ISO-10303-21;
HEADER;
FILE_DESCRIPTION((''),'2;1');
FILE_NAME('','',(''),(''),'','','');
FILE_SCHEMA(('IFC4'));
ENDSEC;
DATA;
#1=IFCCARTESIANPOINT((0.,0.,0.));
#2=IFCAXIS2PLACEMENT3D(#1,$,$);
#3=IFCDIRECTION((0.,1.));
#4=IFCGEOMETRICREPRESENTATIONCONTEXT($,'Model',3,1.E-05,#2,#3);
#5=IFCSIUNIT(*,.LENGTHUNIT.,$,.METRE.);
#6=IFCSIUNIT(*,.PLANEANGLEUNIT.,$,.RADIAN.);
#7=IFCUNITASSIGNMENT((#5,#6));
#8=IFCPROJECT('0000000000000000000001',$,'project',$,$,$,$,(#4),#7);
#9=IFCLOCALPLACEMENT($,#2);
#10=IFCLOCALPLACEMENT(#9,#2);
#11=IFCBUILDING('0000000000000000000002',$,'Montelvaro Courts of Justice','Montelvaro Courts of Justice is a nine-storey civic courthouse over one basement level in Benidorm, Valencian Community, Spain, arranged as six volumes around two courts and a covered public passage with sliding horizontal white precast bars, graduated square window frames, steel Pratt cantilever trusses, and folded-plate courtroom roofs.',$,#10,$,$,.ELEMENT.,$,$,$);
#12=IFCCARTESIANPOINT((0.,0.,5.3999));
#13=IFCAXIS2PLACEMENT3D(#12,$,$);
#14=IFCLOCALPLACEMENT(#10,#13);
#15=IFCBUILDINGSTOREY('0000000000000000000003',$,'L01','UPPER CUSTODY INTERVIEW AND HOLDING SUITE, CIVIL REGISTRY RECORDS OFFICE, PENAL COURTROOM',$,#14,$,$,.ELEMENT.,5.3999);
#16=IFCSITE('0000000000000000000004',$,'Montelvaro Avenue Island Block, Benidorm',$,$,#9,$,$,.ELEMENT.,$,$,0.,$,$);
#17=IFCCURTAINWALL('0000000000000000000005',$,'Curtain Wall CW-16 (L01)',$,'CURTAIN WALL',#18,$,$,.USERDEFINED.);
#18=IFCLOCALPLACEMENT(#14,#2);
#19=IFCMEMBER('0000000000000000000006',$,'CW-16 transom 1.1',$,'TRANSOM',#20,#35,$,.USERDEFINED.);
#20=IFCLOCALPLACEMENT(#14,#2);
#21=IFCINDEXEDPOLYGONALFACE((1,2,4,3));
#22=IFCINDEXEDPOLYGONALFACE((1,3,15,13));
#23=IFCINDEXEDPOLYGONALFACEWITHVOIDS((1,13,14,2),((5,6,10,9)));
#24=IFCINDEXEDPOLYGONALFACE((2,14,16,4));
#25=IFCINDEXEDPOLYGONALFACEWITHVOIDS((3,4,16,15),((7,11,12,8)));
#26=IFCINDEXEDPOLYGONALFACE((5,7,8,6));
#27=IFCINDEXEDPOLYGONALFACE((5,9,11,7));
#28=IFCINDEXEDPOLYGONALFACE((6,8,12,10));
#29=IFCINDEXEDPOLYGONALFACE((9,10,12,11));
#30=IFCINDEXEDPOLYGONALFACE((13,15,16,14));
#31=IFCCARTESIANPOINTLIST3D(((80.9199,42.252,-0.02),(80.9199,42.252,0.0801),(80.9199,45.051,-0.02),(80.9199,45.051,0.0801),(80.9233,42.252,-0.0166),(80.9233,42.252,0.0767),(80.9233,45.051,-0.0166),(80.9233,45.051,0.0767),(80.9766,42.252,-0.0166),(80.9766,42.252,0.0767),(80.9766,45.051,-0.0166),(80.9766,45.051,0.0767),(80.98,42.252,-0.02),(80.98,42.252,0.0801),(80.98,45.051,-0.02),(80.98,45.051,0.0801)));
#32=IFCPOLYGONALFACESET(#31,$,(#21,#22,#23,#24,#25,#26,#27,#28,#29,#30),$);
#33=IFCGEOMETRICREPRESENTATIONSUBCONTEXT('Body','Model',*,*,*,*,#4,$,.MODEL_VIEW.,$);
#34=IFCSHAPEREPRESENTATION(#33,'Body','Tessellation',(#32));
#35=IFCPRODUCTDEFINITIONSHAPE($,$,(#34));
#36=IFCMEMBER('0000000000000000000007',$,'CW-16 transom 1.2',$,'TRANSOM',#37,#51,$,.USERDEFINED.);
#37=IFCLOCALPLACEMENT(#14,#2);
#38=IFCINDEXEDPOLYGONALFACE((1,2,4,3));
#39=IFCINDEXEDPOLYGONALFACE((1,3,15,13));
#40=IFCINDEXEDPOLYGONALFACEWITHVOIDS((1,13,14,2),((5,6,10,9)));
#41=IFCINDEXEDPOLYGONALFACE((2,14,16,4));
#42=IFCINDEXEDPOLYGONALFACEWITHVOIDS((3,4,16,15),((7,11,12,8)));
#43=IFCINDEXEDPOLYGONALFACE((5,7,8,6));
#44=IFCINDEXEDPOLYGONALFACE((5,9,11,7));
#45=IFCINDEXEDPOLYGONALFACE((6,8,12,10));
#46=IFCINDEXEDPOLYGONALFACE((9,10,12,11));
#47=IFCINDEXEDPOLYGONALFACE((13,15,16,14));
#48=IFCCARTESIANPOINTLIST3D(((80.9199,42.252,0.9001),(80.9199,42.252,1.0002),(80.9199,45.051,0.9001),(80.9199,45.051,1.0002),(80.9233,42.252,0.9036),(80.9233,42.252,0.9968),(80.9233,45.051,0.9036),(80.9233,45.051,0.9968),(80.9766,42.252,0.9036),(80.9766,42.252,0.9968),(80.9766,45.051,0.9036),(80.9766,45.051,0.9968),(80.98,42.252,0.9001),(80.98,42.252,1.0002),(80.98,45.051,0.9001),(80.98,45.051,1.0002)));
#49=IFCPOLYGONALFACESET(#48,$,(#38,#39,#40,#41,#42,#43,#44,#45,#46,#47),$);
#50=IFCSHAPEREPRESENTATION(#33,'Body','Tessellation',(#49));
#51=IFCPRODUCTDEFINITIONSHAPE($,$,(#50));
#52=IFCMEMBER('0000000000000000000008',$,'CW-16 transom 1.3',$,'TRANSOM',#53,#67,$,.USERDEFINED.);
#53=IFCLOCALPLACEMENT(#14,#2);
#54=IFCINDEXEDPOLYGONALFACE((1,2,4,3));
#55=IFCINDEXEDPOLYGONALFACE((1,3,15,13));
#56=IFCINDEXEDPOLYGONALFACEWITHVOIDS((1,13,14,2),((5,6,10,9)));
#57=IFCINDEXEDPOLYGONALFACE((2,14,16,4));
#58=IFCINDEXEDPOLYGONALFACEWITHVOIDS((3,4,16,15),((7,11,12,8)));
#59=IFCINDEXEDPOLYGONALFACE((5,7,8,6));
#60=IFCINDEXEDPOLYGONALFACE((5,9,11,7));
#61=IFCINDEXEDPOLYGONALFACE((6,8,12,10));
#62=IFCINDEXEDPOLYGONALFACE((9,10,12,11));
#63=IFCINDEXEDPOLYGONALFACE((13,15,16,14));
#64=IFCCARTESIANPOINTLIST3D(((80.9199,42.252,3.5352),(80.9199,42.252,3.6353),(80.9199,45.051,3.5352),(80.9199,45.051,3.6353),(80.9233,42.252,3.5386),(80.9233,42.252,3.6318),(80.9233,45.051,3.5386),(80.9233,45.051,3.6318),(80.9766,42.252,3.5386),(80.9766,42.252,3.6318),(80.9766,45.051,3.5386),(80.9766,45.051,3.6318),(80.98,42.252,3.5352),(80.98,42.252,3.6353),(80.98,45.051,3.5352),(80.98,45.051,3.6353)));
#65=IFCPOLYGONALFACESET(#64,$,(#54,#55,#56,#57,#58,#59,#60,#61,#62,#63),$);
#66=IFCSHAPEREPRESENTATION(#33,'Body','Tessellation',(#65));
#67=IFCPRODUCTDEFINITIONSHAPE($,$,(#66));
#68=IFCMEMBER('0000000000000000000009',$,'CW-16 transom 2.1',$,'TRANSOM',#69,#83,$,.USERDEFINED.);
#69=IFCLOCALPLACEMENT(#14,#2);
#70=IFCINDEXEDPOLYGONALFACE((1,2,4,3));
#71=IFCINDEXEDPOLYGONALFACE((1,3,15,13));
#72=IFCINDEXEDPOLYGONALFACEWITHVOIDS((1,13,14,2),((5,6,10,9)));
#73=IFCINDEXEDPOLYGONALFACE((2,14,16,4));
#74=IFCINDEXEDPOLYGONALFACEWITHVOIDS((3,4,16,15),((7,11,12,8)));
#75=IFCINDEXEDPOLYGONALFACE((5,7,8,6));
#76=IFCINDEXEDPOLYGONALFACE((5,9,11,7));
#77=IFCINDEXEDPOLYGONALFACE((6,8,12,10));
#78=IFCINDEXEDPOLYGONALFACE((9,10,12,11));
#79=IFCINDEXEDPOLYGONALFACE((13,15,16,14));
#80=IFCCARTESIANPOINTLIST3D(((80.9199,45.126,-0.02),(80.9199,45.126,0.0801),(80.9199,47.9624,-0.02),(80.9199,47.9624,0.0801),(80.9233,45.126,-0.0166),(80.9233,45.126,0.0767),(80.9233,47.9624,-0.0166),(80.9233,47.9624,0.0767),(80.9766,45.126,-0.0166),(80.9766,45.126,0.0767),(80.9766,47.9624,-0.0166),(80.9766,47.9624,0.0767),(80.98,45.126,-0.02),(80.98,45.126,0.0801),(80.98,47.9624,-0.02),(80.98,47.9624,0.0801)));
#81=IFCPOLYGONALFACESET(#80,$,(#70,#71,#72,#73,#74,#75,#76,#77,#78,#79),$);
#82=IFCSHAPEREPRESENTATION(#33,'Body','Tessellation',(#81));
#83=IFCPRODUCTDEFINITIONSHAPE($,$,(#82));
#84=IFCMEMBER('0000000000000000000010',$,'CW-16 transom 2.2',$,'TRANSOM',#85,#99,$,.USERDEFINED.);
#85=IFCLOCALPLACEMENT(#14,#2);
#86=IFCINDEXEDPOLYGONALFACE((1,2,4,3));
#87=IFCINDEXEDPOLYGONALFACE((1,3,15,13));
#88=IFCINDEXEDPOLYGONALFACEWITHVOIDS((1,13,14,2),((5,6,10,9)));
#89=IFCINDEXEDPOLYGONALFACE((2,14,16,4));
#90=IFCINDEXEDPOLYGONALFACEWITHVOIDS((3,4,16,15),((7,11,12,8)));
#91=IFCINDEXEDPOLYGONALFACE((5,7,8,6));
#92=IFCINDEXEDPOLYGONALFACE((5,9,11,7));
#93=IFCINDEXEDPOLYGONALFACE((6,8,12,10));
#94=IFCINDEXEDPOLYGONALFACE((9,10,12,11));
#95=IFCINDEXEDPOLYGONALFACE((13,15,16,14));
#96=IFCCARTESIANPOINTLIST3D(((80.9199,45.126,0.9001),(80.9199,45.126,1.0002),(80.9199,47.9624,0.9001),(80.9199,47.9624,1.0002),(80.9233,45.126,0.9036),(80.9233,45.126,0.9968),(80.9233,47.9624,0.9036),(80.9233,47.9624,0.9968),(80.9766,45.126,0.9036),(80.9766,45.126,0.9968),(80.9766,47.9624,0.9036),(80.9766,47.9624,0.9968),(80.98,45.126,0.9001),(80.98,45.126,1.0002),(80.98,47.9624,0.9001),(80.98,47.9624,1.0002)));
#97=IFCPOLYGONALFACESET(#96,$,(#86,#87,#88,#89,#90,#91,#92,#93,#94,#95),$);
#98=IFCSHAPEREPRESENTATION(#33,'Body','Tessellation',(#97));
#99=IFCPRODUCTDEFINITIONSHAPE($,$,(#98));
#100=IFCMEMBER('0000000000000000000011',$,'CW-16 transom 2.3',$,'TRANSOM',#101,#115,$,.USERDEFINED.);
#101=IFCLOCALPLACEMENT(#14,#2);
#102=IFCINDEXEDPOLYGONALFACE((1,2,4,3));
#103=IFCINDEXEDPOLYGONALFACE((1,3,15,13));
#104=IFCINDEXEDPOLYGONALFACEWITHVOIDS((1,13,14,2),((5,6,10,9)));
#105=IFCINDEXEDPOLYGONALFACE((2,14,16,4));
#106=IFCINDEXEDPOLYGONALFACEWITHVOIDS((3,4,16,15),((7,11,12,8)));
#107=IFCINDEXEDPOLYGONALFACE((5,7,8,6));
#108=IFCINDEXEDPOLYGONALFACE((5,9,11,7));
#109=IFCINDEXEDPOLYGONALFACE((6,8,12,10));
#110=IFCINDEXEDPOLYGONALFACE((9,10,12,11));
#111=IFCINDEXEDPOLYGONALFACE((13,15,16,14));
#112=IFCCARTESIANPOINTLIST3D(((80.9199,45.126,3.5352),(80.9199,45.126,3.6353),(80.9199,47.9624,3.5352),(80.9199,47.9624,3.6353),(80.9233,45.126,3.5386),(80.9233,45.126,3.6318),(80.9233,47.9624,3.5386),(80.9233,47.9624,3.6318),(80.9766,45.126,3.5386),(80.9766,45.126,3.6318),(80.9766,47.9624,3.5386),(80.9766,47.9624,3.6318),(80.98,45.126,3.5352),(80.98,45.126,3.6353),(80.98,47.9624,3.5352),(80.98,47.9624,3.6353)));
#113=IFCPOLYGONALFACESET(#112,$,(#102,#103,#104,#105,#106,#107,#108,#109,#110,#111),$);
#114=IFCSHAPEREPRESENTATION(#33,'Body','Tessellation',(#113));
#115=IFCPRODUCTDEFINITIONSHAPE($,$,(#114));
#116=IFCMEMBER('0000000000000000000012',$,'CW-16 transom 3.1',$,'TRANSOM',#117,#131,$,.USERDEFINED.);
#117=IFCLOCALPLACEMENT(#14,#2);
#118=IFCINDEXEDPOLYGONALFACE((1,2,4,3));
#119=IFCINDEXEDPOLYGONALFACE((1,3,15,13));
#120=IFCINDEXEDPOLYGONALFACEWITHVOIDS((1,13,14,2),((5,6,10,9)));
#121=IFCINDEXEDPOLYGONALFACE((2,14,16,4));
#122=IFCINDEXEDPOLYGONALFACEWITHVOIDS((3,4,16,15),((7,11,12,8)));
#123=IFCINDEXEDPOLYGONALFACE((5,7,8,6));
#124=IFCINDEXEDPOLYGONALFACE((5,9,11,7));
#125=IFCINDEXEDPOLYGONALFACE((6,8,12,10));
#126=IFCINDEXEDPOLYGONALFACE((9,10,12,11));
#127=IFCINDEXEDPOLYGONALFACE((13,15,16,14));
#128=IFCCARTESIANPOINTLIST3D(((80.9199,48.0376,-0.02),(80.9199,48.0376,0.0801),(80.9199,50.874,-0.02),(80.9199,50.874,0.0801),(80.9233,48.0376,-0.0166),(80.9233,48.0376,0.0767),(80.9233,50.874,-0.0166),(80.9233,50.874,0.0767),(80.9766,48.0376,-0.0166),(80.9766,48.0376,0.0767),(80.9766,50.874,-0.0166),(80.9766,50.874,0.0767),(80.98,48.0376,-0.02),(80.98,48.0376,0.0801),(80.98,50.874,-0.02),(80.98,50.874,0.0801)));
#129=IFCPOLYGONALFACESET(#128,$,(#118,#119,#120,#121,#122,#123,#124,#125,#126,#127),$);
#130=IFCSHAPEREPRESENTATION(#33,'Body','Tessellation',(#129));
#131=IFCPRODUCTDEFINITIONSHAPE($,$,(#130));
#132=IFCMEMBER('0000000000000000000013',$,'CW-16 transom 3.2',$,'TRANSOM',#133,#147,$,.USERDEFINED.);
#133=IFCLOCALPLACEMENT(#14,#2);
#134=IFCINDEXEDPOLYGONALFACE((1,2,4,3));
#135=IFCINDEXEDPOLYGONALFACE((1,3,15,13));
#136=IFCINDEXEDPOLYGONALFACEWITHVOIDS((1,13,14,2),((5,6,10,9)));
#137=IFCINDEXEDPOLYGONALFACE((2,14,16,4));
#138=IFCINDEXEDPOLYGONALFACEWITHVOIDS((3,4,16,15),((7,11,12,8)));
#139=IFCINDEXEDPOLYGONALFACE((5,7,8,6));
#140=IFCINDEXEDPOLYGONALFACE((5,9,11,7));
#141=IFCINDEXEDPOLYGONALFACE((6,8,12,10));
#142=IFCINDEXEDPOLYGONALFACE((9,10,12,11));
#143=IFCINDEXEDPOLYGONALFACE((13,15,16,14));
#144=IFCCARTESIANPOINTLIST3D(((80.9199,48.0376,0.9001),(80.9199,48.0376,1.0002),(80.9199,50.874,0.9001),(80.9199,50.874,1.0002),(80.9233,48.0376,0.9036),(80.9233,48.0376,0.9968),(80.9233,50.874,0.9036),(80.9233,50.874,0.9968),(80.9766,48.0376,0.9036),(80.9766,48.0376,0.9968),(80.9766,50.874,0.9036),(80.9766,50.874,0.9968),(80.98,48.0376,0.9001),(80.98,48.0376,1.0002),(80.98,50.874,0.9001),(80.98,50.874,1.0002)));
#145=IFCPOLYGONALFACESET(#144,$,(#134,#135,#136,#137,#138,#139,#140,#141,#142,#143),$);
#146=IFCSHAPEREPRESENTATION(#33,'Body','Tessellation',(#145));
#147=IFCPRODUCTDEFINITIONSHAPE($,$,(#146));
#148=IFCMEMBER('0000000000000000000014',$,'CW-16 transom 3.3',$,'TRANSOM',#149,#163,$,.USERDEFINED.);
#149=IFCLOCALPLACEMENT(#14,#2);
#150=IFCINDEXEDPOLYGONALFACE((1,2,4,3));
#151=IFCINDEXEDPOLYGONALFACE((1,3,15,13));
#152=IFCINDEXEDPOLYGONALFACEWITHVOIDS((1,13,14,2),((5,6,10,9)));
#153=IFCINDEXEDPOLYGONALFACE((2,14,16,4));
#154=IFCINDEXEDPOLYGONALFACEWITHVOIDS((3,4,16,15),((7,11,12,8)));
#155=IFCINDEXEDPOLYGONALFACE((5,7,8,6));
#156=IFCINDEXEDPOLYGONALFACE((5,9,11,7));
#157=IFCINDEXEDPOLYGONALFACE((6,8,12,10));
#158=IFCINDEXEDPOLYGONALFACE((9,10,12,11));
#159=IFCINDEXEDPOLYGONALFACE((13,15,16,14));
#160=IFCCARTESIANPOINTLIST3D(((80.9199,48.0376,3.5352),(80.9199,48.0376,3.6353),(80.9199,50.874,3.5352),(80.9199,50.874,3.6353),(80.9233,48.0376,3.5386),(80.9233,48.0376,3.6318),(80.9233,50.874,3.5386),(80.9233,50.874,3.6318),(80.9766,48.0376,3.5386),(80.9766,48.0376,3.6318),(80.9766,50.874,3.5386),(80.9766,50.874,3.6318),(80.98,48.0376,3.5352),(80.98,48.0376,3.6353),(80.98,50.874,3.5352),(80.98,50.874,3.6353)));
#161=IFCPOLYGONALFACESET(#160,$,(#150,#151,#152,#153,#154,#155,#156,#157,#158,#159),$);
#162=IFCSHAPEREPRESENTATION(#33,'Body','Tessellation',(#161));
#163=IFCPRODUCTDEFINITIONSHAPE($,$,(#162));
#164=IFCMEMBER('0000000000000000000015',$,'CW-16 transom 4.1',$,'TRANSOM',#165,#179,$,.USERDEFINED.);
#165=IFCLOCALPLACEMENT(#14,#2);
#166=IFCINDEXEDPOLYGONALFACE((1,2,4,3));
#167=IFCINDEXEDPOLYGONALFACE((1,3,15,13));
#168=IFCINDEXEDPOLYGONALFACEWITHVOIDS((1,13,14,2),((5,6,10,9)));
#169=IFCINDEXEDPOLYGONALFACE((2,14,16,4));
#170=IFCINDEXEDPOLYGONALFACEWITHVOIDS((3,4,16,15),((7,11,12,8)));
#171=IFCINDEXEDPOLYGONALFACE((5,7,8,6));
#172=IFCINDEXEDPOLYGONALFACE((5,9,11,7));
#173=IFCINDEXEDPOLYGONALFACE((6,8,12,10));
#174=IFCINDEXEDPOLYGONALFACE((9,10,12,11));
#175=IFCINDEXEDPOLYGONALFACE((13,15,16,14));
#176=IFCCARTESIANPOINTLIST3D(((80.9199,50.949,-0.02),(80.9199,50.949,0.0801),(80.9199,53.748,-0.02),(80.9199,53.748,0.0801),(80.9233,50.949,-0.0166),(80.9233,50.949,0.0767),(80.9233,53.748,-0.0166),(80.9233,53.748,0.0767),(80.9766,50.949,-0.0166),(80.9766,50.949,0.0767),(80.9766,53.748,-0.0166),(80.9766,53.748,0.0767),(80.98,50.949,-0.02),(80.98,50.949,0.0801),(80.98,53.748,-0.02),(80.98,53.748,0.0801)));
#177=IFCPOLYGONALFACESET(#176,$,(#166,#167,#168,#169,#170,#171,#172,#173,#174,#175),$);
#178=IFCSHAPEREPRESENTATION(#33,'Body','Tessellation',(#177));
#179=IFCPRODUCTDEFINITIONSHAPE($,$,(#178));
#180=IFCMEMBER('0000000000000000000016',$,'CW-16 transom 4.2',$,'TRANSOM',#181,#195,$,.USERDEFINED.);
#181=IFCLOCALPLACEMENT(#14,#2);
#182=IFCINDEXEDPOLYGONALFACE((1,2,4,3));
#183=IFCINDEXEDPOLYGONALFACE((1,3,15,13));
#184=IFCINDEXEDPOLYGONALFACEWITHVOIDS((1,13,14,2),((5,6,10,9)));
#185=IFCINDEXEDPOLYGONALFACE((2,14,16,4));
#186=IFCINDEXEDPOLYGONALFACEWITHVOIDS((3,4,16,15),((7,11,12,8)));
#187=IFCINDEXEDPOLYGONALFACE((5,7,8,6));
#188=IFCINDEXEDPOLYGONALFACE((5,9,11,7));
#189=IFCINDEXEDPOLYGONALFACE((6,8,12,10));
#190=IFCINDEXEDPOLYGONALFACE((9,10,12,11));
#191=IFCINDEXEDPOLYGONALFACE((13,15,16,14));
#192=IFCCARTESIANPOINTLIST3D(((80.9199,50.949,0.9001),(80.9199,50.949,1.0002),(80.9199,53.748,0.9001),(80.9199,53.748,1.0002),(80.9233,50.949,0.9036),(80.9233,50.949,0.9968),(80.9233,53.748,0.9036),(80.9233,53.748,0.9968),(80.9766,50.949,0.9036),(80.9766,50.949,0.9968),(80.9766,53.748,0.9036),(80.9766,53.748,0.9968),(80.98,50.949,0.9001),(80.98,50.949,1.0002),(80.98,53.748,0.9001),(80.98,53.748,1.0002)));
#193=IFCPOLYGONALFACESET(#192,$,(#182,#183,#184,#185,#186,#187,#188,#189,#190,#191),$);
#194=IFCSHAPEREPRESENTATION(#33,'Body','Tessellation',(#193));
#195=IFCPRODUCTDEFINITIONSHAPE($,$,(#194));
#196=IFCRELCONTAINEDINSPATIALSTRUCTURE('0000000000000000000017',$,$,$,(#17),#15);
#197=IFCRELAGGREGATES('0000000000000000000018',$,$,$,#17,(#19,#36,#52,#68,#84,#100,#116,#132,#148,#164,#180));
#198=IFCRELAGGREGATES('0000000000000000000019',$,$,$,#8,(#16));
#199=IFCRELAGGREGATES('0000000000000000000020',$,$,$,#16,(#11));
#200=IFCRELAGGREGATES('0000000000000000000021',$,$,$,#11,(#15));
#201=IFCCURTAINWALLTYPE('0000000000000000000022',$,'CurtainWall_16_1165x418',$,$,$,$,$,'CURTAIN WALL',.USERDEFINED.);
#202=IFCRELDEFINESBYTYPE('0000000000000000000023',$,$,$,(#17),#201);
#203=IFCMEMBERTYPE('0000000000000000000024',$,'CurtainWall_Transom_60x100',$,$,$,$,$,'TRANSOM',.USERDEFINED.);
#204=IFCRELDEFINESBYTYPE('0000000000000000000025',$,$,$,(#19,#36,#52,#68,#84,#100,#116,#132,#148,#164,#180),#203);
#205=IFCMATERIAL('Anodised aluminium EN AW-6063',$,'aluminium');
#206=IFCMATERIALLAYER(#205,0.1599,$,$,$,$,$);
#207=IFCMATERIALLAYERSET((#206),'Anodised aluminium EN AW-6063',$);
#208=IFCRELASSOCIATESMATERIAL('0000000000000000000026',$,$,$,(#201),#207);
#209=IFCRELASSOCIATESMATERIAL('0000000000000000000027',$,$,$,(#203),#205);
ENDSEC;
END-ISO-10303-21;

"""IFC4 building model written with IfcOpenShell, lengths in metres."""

from ifc_helpers import new_model, si_unit, direction, frame, origin, origin_2d, place, context, subcontext, project, spatial, hollow_rectangle, extrude, material, layer, layer_set, material_profile, profile_set, type_object, element, aggregate, save


model = new_model("IFC4")

# Units and contexts
model_context = context("Model", 3, precision=1e-05, world=origin(), true_north=direction((0.0, 1.0)))
body_context = subcontext(model_context, "Body", "Model", "MODEL_VIEW")
ifc_project = project(units=[si_unit("LENGTHUNIT", "METRE"), si_unit("PLANEANGLEUNIT", "RADIAN")], contexts=[model_context])

# Site, building, storey
site_placement = place(None, origin())
site = spatial("IfcSite", under=ifc_project, at=site_placement, Name="Montelvaro Avenue Island Block, Benidorm", CompositionType="ELEMENT", RefElevation=0.0)
building_placement = place(site_placement, origin())
building = spatial("IfcBuilding", under=site, at=building_placement, Name="Montelvaro Courts of Justice", Description="Montelvaro Courts of Justice is a nine-storey civic courthouse over one basement level in Benidorm, Valencian Community, Spain, arranged as six volumes around two courts and a covered public passage with sliding horizontal white precast bars, graduated square window frames, steel Pratt cantilever trusses, and folded-plate courtroom roofs.", CompositionType="ELEMENT")
storey_placement = place(building_placement, frame((0.0, 0.0, 5.3999)))
storey = spatial("IfcBuildingStorey", under=building, at=storey_placement, Name="L01", Description="UPPER CUSTODY INTERVIEW AND HOLDING SUITE, CIVIL REGISTRY RECORDS OFFICE, PENAL COURTROOM", CompositionType="ELEMENT", Elevation=5.3999)

# Curtain wall
ifc_material_1 = material(Name="Anodised aluminium EN AW-6063", Category="aluminium")
ifc_layer_1 = layer(ifc_material_1, 0.1599)
ifc_layer_set_1 = layer_set([ifc_layer_1], Name="Anodised aluminium EN AW-6063")
curtain_wall_type_1 = type_object("IfcCurtainWallType", Name="CurtainWall_16_1165x418", ElementType="CURTAIN WALL", PredefinedType="USERDEFINED", material=ifc_layer_set_1)
curtain_wall_1_placement = place(storey_placement, origin())
curtain_wall_1 = element("IfcCurtainWall", 1, at=curtain_wall_1_placement, inside=storey, type_object=curtain_wall_type_1, Name="Curtain Wall CW-16 (L01)", ObjectType="CURTAIN WALL", PredefinedType="USERDEFINED")

# Members
ifc_material_profile_1 = material_profile(ifc_material_1, hollow_rectangle(XDim=0.0601, YDim=0.1001, WallThickness=0.0034, at=origin_2d()), Name="ALU-T 60x100")
ifc_profile_set_1 = profile_set([ifc_material_profile_1], Name="Anodised aluminium EN AW-6063")
member_type_1 = type_object("IfcMemberType", Name="CurtainWall_Transom_60x100", ElementType="TRANSOM", PredefinedType="USERDEFINED", material=ifc_profile_set_1)
member_1_placement = place(storey_placement, frame((80.95, 42.252, 0.03), z_axis=(0.0, 1.0, 0.0), x_axis=(-1.0, 0.0, 0.0)))
member_1 = element("IfcMember", 2, at=member_1_placement, type_object=member_type_1, Name="CW-16 transom 1.1", ObjectType="TRANSOM", PredefinedType="USERDEFINED", context=body_context, shape_type="SweptSolid", body=[
    extrude(hollow_rectangle(XDim=0.0601, YDim=0.1001, WallThickness=0.0034, at=origin_2d()), origin(), (0.0, 0.0, 1.0), 2.7991),
])
member_2_placement = place(storey_placement, frame((80.95, 42.252, 0.9502), z_axis=(0.0, 1.0, 0.0), x_axis=(-1.0, 0.0, 0.0)))
member_2 = element("IfcMember", 3, at=member_2_placement, type_object=member_type_1, Name="CW-16 transom 1.2", ObjectType="TRANSOM", PredefinedType="USERDEFINED", context=body_context, shape_type="SweptSolid", body=[
    extrude(hollow_rectangle(XDim=0.0601, YDim=0.1001, WallThickness=0.0034, at=origin_2d()), origin(), (0.0, 0.0, 1.0), 2.7991),
])
member_3_placement = place(storey_placement, frame((80.95, 42.252, 3.5852), z_axis=(0.0, 1.0, 0.0), x_axis=(-1.0, 0.0, 0.0)))
member_3 = element("IfcMember", 4, at=member_3_placement, type_object=member_type_1, Name="CW-16 transom 1.3", ObjectType="TRANSOM", PredefinedType="USERDEFINED", context=body_context, shape_type="SweptSolid", body=[
    extrude(hollow_rectangle(XDim=0.0601, YDim=0.1001, WallThickness=0.0034, at=origin_2d()), origin(), (0.0, 0.0, 1.0), 2.7991),
])
member_4_placement = place(storey_placement, frame((80.95, 45.126, 0.03), z_axis=(0.0, 1.0, 0.0), x_axis=(-1.0, 0.0, 0.0)))
member_4 = element("IfcMember", 5, at=member_4_placement, type_object=member_type_1, Name="CW-16 transom 2.1", ObjectType="TRANSOM", PredefinedType="USERDEFINED", context=body_context, shape_type="SweptSolid", body=[
    extrude(hollow_rectangle(XDim=0.0601, YDim=0.1001, WallThickness=0.0034, at=origin_2d()), origin(), (0.0, 0.0, 1.0), 2.8364),
])
member_5_placement = place(storey_placement, frame((80.95, 45.126, 0.9502), z_axis=(0.0, 1.0, 0.0), x_axis=(-1.0, 0.0, 0.0)))
member_5 = element("IfcMember", 6, at=member_5_placement, type_object=member_type_1, Name="CW-16 transom 2.2", ObjectType="TRANSOM", PredefinedType="USERDEFINED", context=body_context, shape_type="SweptSolid", body=[
    extrude(hollow_rectangle(XDim=0.0601, YDim=0.1001, WallThickness=0.0034, at=origin_2d()), origin(), (0.0, 0.0, 1.0), 2.8364),
])
member_6_placement = place(storey_placement, frame((80.95, 45.126, 3.5852), z_axis=(0.0, 1.0, 0.0), x_axis=(-1.0, 0.0, 0.0)))
member_6 = element("IfcMember", 7, at=member_6_placement, type_object=member_type_1, Name="CW-16 transom 2.3", ObjectType="TRANSOM", PredefinedType="USERDEFINED", context=body_context, shape_type="SweptSolid", body=[
    extrude(hollow_rectangle(XDim=0.0601, YDim=0.1001, WallThickness=0.0034, at=origin_2d()), origin(), (0.0, 0.0, 1.0), 2.8364),
])
member_7_placement = place(storey_placement, frame((80.95, 48.0376, 0.03), z_axis=(0.0, 1.0, 0.0), x_axis=(-1.0, 0.0, 0.0)))
member_7 = element("IfcMember", 8, at=member_7_placement, type_object=member_type_1, Name="CW-16 transom 3.1", ObjectType="TRANSOM", PredefinedType="USERDEFINED", context=body_context, shape_type="SweptSolid", body=[
    extrude(hollow_rectangle(XDim=0.0601, YDim=0.1001, WallThickness=0.0034, at=origin_2d()), origin(), (0.0, 0.0, 1.0), 2.8364),
])
member_8_placement = place(storey_placement, frame((80.95, 48.0376, 0.9502), z_axis=(0.0, 1.0, 0.0), x_axis=(-1.0, 0.0, 0.0)))
member_8 = element("IfcMember", 9, at=member_8_placement, type_object=member_type_1, Name="CW-16 transom 3.2", ObjectType="TRANSOM", PredefinedType="USERDEFINED", context=body_context, shape_type="SweptSolid", body=[
    extrude(hollow_rectangle(XDim=0.0601, YDim=0.1001, WallThickness=0.0034, at=origin_2d()), origin(), (0.0, 0.0, 1.0), 2.8364),
])
member_9_placement = place(storey_placement, frame((80.95, 48.0376, 3.5852), z_axis=(0.0, 1.0, 0.0), x_axis=(-1.0, 0.0, 0.0)))
member_9 = element("IfcMember", 10, at=member_9_placement, type_object=member_type_1, Name="CW-16 transom 3.3", ObjectType="TRANSOM", PredefinedType="USERDEFINED", context=body_context, shape_type="SweptSolid", body=[
    extrude(hollow_rectangle(XDim=0.0601, YDim=0.1001, WallThickness=0.0034, at=origin_2d()), origin(), (0.0, 0.0, 1.0), 2.8364),
])
member_10_placement = place(storey_placement, frame((80.95, 50.949, 0.03), z_axis=(0.0, 1.0, 0.0), x_axis=(-1.0, 0.0, 0.0)))
member_10 = element("IfcMember", 11, at=member_10_placement, type_object=member_type_1, Name="CW-16 transom 4.1", ObjectType="TRANSOM", PredefinedType="USERDEFINED", context=body_context, shape_type="SweptSolid", body=[
    extrude(hollow_rectangle(XDim=0.0601, YDim=0.1001, WallThickness=0.0034, at=origin_2d()), origin(), (0.0, 0.0, 1.0), 2.7991),
])
member_11_placement = place(storey_placement, frame((80.95, 50.949, 0.9502), z_axis=(0.0, 1.0, 0.0), x_axis=(-1.0, 0.0, 0.0)))
member_11 = element("IfcMember", 12, at=member_11_placement, type_object=member_type_1, Name="CW-16 transom 4.2", ObjectType="TRANSOM", PredefinedType="USERDEFINED", context=body_context, shape_type="SweptSolid", body=[
    extrude(hollow_rectangle(XDim=0.0601, YDim=0.1001, WallThickness=0.0034, at=origin_2d()), origin(), (0.0, 0.0, 1.0), 2.7991),
])

aggregate(curtain_wall_1, [member_1, member_2, member_3, member_4, member_5, member_6, member_7, member_8, member_9, member_10, member_11])

save(model, "model.ifc")
